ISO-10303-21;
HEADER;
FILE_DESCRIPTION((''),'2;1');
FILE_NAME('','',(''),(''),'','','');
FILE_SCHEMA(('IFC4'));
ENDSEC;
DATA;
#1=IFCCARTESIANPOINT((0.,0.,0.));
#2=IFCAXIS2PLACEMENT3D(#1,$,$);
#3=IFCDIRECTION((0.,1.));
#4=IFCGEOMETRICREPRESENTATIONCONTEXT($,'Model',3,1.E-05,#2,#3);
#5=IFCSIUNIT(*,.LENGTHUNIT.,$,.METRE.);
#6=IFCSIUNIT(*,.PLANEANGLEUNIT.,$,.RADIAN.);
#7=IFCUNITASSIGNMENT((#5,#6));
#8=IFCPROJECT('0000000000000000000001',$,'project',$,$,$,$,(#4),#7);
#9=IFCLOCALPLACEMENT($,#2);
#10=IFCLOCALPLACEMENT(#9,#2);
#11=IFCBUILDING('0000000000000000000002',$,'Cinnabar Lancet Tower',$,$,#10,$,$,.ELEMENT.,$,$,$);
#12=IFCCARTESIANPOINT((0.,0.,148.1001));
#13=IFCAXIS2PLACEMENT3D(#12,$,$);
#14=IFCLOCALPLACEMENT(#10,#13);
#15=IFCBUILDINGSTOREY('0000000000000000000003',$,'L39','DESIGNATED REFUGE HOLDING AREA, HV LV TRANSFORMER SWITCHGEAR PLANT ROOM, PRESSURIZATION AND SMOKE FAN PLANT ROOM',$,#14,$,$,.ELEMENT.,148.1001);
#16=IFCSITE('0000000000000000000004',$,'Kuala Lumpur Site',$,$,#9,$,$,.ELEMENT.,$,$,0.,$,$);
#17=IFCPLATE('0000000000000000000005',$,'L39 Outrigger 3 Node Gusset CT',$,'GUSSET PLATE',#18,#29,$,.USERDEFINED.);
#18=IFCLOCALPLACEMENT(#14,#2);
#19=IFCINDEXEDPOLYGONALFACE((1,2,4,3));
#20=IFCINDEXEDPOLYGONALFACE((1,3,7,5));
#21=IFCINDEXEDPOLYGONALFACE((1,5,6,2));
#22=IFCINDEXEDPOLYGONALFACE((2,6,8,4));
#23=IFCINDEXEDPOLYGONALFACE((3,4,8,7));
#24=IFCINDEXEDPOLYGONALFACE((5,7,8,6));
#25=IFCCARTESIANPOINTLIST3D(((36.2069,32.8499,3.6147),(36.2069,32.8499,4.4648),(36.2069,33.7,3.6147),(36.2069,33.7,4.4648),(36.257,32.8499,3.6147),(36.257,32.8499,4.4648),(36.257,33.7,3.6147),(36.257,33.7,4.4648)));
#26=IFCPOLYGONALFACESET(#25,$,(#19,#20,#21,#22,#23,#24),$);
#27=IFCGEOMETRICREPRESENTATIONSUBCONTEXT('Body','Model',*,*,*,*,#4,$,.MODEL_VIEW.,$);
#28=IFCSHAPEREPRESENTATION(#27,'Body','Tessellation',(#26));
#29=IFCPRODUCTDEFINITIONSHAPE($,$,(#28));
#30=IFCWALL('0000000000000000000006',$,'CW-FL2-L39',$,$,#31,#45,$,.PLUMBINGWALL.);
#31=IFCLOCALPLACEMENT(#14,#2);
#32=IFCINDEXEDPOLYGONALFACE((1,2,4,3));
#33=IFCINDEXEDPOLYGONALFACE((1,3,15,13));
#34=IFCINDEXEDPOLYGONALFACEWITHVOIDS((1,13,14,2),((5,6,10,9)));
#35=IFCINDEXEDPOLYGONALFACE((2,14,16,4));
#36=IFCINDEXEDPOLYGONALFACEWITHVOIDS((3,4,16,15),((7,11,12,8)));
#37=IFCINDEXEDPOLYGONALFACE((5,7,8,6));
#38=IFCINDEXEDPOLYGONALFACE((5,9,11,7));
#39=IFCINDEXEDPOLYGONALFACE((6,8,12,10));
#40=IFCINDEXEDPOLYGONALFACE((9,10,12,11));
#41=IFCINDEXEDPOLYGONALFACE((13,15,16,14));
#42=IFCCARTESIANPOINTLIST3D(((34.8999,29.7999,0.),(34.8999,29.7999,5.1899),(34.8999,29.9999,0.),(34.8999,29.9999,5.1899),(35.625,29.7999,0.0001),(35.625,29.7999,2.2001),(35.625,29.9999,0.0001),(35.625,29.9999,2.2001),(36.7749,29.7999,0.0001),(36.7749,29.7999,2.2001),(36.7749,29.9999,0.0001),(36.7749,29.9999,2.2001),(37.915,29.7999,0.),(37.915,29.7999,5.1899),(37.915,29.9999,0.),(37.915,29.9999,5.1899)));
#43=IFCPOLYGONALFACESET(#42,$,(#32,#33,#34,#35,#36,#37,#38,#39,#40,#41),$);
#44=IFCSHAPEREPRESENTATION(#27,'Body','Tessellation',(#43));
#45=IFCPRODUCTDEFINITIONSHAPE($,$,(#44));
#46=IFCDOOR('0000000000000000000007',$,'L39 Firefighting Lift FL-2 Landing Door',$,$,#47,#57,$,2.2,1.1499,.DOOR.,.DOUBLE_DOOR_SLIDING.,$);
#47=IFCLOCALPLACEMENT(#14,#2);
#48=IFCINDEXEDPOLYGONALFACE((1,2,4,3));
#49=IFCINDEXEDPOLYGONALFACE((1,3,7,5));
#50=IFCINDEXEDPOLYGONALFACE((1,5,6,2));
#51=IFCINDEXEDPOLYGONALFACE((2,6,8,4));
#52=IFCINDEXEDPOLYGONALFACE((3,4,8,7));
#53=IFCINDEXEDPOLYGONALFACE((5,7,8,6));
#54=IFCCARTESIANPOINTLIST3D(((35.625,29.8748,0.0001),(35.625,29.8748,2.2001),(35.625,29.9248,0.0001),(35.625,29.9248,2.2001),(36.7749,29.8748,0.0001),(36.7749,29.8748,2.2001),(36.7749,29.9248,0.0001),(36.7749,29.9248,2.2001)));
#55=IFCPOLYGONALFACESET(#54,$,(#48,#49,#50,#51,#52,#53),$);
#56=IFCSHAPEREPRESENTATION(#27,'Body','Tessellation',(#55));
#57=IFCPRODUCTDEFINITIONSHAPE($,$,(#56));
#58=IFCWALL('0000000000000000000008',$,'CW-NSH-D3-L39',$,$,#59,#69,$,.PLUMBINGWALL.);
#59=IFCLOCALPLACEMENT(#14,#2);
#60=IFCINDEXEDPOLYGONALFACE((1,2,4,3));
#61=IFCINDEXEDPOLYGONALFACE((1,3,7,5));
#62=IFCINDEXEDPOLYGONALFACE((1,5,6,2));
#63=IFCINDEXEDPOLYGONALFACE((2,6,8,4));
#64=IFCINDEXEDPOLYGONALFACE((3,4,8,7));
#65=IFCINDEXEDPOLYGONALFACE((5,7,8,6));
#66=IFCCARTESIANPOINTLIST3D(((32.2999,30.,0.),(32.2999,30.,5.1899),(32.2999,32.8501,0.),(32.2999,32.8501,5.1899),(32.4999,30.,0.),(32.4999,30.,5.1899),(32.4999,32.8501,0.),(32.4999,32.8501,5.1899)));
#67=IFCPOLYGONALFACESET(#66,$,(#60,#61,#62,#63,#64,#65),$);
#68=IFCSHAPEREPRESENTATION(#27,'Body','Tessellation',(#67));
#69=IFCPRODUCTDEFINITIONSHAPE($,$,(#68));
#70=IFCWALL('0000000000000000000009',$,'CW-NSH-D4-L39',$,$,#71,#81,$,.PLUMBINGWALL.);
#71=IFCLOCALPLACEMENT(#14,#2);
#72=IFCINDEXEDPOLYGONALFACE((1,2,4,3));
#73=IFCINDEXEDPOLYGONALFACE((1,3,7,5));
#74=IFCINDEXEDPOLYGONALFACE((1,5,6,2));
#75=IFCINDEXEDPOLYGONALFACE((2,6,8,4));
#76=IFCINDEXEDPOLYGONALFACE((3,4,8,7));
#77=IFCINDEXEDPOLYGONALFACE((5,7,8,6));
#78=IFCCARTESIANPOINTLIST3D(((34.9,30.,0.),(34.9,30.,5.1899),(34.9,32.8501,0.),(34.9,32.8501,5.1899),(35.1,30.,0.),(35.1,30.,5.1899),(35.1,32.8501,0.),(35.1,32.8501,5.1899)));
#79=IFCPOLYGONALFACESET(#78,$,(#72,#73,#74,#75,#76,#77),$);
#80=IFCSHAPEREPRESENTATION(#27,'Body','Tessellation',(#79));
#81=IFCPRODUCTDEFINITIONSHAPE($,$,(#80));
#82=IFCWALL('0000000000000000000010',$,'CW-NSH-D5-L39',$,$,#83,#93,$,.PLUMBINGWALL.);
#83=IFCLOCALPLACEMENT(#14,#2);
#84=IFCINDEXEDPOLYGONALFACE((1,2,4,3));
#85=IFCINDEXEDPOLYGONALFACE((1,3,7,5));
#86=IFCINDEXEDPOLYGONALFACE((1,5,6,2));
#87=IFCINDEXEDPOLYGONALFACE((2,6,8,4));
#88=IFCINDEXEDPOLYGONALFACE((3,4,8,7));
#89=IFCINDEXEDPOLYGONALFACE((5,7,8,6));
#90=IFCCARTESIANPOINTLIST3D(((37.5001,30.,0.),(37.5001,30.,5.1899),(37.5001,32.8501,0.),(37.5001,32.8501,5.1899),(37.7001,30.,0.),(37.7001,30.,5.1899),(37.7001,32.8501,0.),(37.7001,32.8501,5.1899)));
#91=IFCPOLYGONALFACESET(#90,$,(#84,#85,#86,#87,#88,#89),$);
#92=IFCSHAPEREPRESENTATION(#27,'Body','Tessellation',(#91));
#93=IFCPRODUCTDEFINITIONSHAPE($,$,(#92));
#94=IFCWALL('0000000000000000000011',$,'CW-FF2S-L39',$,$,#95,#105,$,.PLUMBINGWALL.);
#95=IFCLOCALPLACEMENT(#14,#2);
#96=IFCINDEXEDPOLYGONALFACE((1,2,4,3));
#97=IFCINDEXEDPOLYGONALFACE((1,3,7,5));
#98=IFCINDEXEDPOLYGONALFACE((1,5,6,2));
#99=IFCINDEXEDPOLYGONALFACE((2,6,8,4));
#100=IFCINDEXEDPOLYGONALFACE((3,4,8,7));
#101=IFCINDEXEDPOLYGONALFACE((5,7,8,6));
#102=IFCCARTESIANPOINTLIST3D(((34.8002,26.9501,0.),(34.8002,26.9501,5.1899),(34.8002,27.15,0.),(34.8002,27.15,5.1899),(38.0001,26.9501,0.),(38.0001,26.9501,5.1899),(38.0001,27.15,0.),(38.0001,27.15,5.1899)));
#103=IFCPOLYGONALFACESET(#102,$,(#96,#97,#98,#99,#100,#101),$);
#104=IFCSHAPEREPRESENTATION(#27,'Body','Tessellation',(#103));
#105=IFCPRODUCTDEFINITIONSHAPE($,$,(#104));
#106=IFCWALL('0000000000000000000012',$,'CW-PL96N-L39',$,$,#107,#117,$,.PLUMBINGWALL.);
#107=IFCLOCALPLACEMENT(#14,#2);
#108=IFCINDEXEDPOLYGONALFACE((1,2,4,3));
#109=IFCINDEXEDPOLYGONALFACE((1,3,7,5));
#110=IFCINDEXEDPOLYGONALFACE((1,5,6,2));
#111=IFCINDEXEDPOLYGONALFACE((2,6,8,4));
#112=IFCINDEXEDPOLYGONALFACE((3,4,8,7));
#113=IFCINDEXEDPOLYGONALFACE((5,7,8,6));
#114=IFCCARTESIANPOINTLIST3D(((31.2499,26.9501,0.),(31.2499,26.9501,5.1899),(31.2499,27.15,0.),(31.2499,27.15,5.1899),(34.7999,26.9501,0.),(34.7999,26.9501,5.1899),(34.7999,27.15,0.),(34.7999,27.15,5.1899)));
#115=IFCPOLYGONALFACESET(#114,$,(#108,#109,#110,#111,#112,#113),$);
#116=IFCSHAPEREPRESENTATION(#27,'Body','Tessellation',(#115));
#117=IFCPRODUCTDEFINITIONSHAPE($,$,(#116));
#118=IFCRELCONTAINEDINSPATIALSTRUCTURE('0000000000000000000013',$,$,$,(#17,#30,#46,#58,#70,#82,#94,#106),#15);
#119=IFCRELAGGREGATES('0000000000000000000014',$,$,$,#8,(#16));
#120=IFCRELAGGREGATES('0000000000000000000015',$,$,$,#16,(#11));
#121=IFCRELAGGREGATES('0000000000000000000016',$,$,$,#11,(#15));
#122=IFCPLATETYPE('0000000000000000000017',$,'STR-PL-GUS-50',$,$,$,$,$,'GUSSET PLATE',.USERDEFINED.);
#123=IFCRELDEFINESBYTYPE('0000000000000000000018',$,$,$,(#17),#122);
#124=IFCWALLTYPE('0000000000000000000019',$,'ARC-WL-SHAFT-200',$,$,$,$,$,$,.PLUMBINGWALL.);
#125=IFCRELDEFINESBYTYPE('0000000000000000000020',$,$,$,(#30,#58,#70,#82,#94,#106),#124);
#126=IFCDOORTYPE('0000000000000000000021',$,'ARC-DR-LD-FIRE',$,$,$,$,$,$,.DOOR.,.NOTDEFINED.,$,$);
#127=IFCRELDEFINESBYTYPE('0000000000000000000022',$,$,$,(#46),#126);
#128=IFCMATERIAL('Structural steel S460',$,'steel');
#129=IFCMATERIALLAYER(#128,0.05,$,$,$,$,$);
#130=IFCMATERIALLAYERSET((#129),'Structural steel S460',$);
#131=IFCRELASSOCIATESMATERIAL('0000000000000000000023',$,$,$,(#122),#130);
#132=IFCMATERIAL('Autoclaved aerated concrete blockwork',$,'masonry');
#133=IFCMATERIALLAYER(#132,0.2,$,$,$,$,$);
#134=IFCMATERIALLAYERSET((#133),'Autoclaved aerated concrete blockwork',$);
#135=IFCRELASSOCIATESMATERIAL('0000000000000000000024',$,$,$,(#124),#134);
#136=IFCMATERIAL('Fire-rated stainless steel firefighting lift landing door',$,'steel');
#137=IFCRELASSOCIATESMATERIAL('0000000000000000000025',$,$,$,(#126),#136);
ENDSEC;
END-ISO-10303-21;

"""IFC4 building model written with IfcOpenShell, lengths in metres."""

from ifc_helpers import new_model, si_unit, direction, frame, frame_2d, origin, origin_2d, place, context, subcontext, project, spatial, rectangle, extrude, material, layer, layer_set, type_object, element, fill, save


model = new_model("IFC4")

# Units and contexts
model_context = context("Model", 3, precision=1e-05, world=origin(), true_north=direction((0.0, 1.0)))
body_context = subcontext(model_context, "Body", "Model", "MODEL_VIEW")
ifc_project = project(units=[si_unit("LENGTHUNIT", "METRE"), si_unit("PLANEANGLEUNIT", "RADIAN")], contexts=[model_context])

# Site, building, storey
site_placement = place(None, origin())
site = spatial("IfcSite", under=ifc_project, at=site_placement, Name="Kuala Lumpur Site", CompositionType="ELEMENT", RefElevation=0.0)
building_placement = place(site_placement, origin())
building = spatial("IfcBuilding", under=site, at=building_placement, Name="Cinnabar Lancet Tower", CompositionType="ELEMENT")
storey_placement = place(building_placement, frame((0.0, 0.0, 148.1001)))
storey = spatial("IfcBuildingStorey", under=building, at=storey_placement, Name="L39", Description="DESIGNATED REFUGE HOLDING AREA, HV LV TRANSFORMER SWITCHGEAR PLANT ROOM, PRESSURIZATION AND SMOKE FAN PLANT ROOM", CompositionType="ELEMENT", Elevation=148.1001)

# Plate
ifc_material_1 = material(Name="Structural steel S460", Category="steel")
ifc_layer_1 = layer(ifc_material_1, 0.05)
ifc_layer_set_1 = layer_set([ifc_layer_1], Name="Structural steel S460")
plate_type_1 = type_object("IfcPlateType", Name="STR-PL-GUS-50", ElementType="GUSSET PLATE", PredefinedType="USERDEFINED", material=ifc_layer_set_1)
for number, where, z_axis, x_axis, name in (
    (1, (36.2319, 33.2749, 3.6147), (0.0, 0.0, 1.0), (1.0, 0.0, 0.0), "L39 Outrigger 3 Node Gusset CT"),
):
    element("IfcPlate", number, at=place(storey_placement, frame(where, z_axis=z_axis, x_axis=x_axis)), inside=storey, type_object=plate_type_1, Name=name, ObjectType="GUSSET PLATE", PredefinedType="USERDEFINED", context=body_context, shape_type="SweptSolid", body=[
        extrude(rectangle(XDim=0.05, YDim=0.8501, at=origin_2d()), origin(), (0.0, 0.0, 1.0), 0.8501),
    ])

# Wall, opening, door
ifc_material_2 = material(Name="Autoclaved aerated concrete blockwork", Category="masonry")
ifc_layer_2 = layer(ifc_material_2, 0.2)
ifc_layer_set_2 = layer_set([ifc_layer_2], Name="Autoclaved aerated concrete blockwork")
wall_type = type_object("IfcWallType", Name="ARC-WL-SHAFT-200", PredefinedType="PLUMBINGWALL", material=ifc_layer_set_2)
wall_1_placement = place(storey_placement, frame((34.8999, 29.8999, 0.0), z_axis=(0.0, 0.0, 1.0), x_axis=(1.0, 0.0, 0.0)))
wall_1 = element("IfcWall", 2, at=wall_1_placement, inside=storey, type_object=wall_type, Name="CW-FL2-L39", PredefinedType="PLUMBINGWALL", context=body_context, shape_type="SweptSolid", body=[
    extrude(rectangle(XDim=3.0151, YDim=0.2, at=frame_2d((1.5076, 0.0))), origin(), (0.0, 0.0, 1.0), 5.1899),
])
opening_1_placement = place(wall_1_placement, frame((0.7251, 0.0, 0.0)))
opening_1 = element("IfcOpeningElement", 3, at=opening_1_placement, cuts=wall_1, PredefinedType="OPENING", context=body_context, shape_type="SweptSolid", body=[
    extrude(rectangle(XDim=1.1499, YDim=2.2, at=frame_2d((0.575, 1.1001))), frame((0.0, 0.1099, 0.0), z_axis=(0.0, -1.0, 0.0), x_axis=(1.0, 0.0, 0.0)), (0.0, 0.0, 1.0), 0.22),
])
ifc_material_3 = material(Name="Fire-rated stainless steel firefighting lift landing door", Category="steel")
door_type_1 = type_object("IfcDoorType", Name="ARC-DR-LD-FIRE", OperationType="NOTDEFINED", PredefinedType="DOOR", material=ifc_material_3)
door_1_placement = place(opening_1_placement, origin())
door_1 = element("IfcDoor", 4, at=door_1_placement, inside=storey, type_object=door_type_1, Name="L39 Firefighting Lift FL-2 Landing Door", OperationType="DOUBLE_DOOR_SLIDING", OverallHeight=2.2, OverallWidth=1.1499, PredefinedType="DOOR", context=body_context, shape_type="SweptSolid", body=[
    extrude(rectangle(XDim=1.1499, YDim=2.2, at=frame_2d((0.575, 1.1001))), frame((0.0, 0.0249, 0.0), z_axis=(0.0, -1.0, 0.0), x_axis=(1.0, 0.0, 0.0)), (0.0, 0.0, 1.0), 0.05),
])
fill(opening_1, door_1)

# Walls
for number, where, z_axis, x_axis, name in (
    (5, (32.3999, 30.0, 0.0), (0.0, 0.0, 1.0), (0.0, 1.0, 0.0), "CW-NSH-D3-L39"),
    (6, (35.0, 30.0, 0.0), (0.0, 0.0, 1.0), (0.0, 1.0, 0.0), "CW-NSH-D4-L39"),
    (7, (37.6001, 30.0, 0.0), (0.0, 0.0, 1.0), (0.0, 1.0, 0.0), "CW-NSH-D5-L39"),
):
    element("IfcWall", number, at=place(storey_placement, frame(where, z_axis=z_axis, x_axis=x_axis)), inside=storey, type_object=wall_type, Name=name, PredefinedType="PLUMBINGWALL", context=body_context, shape_type="SweptSolid", body=[
        extrude(rectangle(XDim=2.8501, YDim=0.2, at=frame_2d((1.425, 0.0))), origin(), (0.0, 0.0, 1.0), 5.1899),
    ])

# Walls
wall_2_placement = place(storey_placement, frame((34.8, 27.05, 0.0), z_axis=(0.0, 0.0, 1.0), x_axis=(1.0, 0.0, 0.0)))
element("IfcWall", 8, at=wall_2_placement, inside=storey, type_object=wall_type, Name="CW-FF2S-L39", PredefinedType="PLUMBINGWALL", context=body_context, shape_type="SweptSolid", body=[
    extrude(rectangle(XDim=3.2, YDim=0.2, at=frame_2d((1.6001, 0.0))), origin(), (0.0, 0.0, 1.0), 5.1899),
])
wall_3_placement = place(storey_placement, frame((31.25, 27.05, 0.0), z_axis=(0.0, 0.0, 1.0), x_axis=(1.0, 0.0, 0.0)))
element("IfcWall", 9, at=wall_3_placement, inside=storey, type_object=wall_type, Name="CW-PL96N-L39", PredefinedType="PLUMBINGWALL", context=body_context, shape_type="SweptSolid", body=[
    extrude(rectangle(XDim=3.55, YDim=0.2, at=frame_2d((1.7749, 0.0))), origin(), (0.0, 0.0, 1.0), 5.1899),
])

save(model, "model.ifc")
